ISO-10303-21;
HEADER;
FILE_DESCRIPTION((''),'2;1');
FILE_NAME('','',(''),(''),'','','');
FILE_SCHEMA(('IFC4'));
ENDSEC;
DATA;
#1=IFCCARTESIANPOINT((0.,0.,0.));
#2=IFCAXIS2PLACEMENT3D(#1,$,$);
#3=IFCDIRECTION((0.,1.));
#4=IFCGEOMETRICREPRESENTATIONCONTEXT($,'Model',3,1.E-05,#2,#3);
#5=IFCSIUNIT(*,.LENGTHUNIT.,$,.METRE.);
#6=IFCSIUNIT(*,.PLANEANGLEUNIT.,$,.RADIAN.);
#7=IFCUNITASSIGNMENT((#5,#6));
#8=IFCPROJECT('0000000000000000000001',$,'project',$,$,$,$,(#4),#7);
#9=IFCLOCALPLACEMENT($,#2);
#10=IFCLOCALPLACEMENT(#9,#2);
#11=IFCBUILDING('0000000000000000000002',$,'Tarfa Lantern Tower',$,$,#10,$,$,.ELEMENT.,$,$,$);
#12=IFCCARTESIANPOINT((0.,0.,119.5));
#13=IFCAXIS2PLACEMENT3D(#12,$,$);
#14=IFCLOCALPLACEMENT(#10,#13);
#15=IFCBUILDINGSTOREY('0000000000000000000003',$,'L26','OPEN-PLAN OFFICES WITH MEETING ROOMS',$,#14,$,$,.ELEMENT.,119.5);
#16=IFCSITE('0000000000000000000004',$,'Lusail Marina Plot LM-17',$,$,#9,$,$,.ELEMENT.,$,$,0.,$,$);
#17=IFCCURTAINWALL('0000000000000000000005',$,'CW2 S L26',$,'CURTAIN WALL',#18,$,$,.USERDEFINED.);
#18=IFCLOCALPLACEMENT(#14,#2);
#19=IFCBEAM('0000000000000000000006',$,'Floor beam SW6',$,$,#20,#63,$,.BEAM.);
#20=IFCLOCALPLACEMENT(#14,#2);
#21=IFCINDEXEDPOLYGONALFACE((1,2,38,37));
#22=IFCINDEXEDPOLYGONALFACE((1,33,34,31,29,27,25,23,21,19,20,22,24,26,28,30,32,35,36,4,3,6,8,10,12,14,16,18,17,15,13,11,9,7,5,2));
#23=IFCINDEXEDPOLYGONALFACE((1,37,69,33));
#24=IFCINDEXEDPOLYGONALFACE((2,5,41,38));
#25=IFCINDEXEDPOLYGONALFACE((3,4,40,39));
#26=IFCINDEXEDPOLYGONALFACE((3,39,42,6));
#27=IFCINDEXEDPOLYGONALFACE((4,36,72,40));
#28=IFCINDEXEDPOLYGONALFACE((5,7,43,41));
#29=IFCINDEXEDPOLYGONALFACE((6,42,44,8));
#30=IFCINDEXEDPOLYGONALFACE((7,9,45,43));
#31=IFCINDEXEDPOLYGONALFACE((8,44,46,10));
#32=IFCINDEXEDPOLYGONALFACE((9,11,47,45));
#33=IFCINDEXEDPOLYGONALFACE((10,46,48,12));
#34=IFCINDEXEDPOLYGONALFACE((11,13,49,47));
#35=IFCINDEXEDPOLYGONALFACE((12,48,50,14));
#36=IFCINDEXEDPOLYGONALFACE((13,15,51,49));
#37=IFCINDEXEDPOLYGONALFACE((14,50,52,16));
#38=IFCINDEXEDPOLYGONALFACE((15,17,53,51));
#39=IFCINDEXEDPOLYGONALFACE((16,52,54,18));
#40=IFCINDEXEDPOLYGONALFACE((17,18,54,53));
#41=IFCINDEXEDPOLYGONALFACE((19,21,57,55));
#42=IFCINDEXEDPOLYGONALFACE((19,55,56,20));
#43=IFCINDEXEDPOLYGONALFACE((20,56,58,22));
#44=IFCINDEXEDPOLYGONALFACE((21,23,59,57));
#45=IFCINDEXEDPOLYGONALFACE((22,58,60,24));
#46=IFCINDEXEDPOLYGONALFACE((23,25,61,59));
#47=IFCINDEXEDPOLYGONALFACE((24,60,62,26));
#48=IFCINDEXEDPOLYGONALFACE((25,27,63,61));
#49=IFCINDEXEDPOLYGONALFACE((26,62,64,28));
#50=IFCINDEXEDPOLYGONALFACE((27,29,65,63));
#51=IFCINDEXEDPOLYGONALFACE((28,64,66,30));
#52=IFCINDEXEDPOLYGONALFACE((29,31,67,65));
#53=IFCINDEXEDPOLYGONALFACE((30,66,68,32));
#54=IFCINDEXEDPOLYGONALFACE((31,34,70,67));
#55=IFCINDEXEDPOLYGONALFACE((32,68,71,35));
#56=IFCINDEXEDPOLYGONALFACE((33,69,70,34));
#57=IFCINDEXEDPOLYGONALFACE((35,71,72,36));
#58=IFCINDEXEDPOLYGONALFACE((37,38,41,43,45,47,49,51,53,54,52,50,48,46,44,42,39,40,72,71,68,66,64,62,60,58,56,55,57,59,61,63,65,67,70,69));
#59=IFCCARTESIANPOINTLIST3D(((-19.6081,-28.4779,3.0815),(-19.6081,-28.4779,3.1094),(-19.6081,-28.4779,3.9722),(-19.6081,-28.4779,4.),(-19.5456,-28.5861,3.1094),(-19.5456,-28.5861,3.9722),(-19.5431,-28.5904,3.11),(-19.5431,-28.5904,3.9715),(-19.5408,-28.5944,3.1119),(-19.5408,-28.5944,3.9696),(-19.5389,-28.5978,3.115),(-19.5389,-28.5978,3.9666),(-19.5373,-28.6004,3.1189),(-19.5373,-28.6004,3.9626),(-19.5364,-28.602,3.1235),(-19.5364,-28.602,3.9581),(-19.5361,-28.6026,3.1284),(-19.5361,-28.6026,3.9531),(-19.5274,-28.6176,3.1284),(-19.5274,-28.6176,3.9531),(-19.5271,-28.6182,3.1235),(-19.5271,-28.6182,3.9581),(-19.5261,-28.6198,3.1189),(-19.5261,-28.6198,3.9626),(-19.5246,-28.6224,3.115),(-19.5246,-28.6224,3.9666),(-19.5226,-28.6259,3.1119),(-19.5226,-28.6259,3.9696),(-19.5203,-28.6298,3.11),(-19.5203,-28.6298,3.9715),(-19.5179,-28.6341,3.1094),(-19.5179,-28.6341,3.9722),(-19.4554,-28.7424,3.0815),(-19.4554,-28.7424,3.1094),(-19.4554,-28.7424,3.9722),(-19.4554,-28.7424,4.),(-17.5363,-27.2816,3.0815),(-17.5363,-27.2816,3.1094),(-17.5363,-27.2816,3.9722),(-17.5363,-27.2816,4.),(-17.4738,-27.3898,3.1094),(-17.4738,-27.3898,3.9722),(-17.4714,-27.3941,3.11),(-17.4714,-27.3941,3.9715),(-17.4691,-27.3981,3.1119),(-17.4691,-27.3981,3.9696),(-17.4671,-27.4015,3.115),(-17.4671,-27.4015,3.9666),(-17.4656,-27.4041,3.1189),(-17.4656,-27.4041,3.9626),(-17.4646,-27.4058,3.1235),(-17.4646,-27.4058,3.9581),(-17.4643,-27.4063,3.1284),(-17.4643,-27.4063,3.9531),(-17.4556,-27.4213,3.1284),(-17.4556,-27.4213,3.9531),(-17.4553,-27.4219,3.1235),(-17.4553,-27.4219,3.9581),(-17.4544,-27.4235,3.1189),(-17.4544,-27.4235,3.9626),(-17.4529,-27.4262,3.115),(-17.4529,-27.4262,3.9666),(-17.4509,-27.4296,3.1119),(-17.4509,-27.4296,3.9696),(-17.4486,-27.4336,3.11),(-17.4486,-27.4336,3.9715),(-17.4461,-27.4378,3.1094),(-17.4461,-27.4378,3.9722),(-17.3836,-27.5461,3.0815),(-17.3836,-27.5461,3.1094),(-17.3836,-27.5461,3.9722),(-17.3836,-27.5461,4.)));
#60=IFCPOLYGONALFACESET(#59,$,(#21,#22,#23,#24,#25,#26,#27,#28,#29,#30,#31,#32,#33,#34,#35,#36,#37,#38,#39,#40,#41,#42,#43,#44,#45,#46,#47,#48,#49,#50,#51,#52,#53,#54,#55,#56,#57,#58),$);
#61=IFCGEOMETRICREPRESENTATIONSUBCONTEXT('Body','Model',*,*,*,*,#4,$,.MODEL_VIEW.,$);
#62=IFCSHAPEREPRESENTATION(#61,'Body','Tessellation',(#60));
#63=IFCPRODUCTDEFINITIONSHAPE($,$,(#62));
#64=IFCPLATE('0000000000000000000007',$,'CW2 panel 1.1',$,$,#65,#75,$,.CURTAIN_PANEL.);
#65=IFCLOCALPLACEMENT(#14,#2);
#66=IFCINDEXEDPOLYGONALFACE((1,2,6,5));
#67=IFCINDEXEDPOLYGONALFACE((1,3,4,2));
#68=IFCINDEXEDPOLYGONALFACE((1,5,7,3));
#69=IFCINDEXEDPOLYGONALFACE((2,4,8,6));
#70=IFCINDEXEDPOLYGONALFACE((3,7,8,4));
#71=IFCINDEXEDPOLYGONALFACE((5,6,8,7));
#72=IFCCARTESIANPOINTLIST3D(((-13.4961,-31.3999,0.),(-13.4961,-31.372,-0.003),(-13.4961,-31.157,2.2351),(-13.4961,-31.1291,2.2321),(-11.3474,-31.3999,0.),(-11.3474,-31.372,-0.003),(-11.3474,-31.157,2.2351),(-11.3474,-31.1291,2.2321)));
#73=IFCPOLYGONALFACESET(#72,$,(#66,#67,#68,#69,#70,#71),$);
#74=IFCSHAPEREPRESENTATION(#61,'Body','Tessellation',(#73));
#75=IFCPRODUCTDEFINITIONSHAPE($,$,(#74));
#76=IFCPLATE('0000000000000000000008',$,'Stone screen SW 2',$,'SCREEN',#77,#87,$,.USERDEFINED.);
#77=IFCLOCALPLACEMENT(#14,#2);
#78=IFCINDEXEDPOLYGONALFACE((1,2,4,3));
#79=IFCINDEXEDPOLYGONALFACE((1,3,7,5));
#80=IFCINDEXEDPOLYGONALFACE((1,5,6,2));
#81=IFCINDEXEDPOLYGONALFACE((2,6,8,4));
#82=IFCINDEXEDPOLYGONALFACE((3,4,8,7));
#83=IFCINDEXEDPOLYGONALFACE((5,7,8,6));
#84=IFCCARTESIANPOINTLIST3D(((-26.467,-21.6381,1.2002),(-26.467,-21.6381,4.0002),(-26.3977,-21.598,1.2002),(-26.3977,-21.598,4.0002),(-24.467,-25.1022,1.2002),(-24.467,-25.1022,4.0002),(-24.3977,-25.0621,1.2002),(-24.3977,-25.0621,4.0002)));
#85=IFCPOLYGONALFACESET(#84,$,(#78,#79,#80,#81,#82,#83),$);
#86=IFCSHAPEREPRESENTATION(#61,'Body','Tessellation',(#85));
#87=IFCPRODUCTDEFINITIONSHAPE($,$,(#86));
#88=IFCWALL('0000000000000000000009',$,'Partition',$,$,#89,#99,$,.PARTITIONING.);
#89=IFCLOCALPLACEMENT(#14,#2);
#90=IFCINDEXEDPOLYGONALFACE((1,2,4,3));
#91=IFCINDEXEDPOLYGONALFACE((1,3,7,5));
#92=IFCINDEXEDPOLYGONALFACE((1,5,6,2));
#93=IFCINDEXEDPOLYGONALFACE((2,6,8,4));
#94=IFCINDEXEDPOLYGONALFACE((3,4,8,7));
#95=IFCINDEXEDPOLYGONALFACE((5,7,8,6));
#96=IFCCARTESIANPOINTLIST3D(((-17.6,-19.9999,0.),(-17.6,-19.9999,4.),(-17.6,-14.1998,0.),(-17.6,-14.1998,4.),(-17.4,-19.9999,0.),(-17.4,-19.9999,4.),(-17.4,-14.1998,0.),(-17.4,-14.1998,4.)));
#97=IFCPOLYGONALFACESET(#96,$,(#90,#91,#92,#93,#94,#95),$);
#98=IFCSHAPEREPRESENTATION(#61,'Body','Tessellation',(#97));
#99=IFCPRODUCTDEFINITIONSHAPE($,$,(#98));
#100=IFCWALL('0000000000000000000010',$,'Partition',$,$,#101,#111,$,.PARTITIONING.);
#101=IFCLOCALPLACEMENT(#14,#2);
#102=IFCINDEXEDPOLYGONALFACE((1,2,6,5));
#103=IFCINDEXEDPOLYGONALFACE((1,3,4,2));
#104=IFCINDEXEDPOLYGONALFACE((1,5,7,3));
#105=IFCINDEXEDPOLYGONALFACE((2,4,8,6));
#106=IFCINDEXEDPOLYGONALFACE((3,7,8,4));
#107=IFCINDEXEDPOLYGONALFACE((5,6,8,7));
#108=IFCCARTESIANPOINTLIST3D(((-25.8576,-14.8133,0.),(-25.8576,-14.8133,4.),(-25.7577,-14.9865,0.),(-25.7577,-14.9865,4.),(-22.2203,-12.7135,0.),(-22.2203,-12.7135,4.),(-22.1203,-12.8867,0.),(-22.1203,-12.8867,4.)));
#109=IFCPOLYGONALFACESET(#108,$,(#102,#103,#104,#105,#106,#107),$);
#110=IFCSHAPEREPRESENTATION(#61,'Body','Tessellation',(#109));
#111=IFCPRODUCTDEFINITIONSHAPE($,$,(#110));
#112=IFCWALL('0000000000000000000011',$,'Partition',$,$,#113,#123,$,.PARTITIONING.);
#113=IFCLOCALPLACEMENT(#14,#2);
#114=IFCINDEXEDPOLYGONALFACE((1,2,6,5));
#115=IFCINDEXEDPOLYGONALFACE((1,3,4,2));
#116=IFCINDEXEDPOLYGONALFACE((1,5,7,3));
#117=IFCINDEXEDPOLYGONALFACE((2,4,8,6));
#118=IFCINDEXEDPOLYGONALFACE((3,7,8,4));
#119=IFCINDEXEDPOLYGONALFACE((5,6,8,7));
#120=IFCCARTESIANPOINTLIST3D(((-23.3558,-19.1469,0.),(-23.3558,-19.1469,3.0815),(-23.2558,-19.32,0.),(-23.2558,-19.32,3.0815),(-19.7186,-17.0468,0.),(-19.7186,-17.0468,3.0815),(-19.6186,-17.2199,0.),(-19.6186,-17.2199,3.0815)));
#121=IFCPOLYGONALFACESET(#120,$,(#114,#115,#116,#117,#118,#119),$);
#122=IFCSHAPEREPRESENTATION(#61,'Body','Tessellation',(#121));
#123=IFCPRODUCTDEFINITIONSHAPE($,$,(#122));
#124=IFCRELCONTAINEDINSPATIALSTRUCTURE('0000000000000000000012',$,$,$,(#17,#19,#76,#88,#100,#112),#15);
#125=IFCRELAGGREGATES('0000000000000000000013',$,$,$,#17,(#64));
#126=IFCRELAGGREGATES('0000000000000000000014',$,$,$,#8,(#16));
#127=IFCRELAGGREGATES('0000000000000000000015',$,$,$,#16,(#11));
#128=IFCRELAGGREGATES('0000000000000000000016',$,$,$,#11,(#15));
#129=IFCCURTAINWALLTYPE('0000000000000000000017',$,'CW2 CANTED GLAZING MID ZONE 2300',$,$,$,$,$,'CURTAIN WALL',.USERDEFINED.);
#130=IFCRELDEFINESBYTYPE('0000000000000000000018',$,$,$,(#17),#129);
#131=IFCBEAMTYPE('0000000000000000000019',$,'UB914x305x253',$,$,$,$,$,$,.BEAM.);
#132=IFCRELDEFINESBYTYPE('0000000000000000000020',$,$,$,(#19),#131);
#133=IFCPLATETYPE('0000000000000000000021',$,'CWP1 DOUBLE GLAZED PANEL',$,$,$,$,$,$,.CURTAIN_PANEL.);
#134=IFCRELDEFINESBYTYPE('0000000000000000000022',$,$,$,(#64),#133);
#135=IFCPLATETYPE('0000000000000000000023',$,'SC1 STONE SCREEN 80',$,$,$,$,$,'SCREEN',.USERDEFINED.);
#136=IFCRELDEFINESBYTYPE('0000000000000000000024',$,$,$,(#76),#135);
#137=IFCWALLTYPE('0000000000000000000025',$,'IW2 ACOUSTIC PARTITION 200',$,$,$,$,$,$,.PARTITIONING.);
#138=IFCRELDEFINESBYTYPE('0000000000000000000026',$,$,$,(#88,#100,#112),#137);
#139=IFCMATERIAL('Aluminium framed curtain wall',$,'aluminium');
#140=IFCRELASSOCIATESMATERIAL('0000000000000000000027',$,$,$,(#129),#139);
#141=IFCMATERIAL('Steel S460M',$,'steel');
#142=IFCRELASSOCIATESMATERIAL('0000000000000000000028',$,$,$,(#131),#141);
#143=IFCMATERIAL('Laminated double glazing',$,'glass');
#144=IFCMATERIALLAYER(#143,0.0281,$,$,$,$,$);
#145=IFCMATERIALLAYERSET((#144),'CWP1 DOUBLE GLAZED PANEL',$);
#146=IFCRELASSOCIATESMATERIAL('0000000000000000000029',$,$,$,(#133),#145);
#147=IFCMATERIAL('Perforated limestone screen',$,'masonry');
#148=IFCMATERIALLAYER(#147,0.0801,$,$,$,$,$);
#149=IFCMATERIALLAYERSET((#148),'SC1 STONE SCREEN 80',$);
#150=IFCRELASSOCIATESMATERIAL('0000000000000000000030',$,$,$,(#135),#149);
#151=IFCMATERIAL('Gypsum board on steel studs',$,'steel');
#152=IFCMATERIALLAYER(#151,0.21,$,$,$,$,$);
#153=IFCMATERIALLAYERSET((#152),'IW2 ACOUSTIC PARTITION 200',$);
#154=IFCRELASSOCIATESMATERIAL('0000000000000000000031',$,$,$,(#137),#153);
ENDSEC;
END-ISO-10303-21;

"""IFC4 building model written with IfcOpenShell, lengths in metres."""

from ifc_helpers import new_model, si_unit, direction, frame, frame_2d, origin, origin_2d, place, context, subcontext, project, spatial, polyline, rectangle, i_section, outline, extrude, material, layer, layer_set, material_profile, profile_set, type_object, element, aggregate, save


model = new_model("IFC4")

# Units and contexts
model_context = context("Model", 3, precision=1e-05, world=origin(), true_north=direction((0.0, 1.0)))
body_context = subcontext(model_context, "Body", "Model", "MODEL_VIEW")
ifc_project = project(units=[si_unit("LENGTHUNIT", "METRE"), si_unit("PLANEANGLEUNIT", "RADIAN")], contexts=[model_context])

# Site, building, storey
site_placement = place(None, origin())
site = spatial("IfcSite", under=ifc_project, at=site_placement, Name="Lusail Marina Plot LM-17", CompositionType="ELEMENT", RefElevation=0.0)
building_placement = place(site_placement, origin())
building = spatial("IfcBuilding", under=site, at=building_placement, Name="Tarfa Lantern Tower", CompositionType="ELEMENT")
storey_placement = place(building_placement, frame((0.0, 0.0, 119.5)))
storey = spatial("IfcBuildingStorey", under=building, at=storey_placement, Name="L26", Description="OPEN-PLAN OFFICES WITH MEETING ROOMS", CompositionType="ELEMENT", Elevation=119.5)

# Curtain wall
ifc_material_1 = material(Name="Aluminium framed curtain wall", Category="aluminium")
curtain_wall_type = type_object("IfcCurtainWallType", Name="CW2 CANTED GLAZING MID ZONE 2300", ElementType="CURTAIN WALL", PredefinedType="USERDEFINED", material=ifc_material_1)
curtain_wall_placement = place(storey_placement, origin())
curtain_wall = element("IfcCurtainWall", 1, at=curtain_wall_placement, inside=storey, type_object=curtain_wall_type, Name="CW2 S L26", ObjectType="CURTAIN WALL", PredefinedType="USERDEFINED")

# Beam
ifc_material_2 = material(Name="Steel S460M", Category="steel")
ifc_material_profile_1 = material_profile(ifc_material_2, i_section(OverallWidth=0.3054, OverallDepth=0.9185, WebThickness=0.0173, FlangeThickness=0.0278, FilletRadius=0.019, at=origin_2d()), Name="UB914x305x253")
ifc_profile_set_1 = profile_set([ifc_material_profile_1], Name="Steel S460M")
beam_type_1 = type_object("IfcBeamType", Name="UB914x305x253", PredefinedType="BEAM", material=ifc_profile_set_1)
beam_1_placement = place(storey_placement, frame((-19.5317, -28.6101, 3.5408), z_axis=(0.865999, 0.500046, 0.0), x_axis=(-0.500046, 0.865999, 0.0)))
element("IfcBeam", 2, at=beam_1_placement, inside=storey, type_object=beam_type_1, Name="Floor beam SW6", PredefinedType="BEAM", context=body_context, shape_type="SweptSolid", body=[
    extrude(i_section(OverallWidth=0.3054, OverallDepth=0.9185, WebThickness=0.0173, FlangeThickness=0.0278, FilletRadius=0.019, at=origin_2d()), origin(), (0.0, 0.0, 1.0), 2.3923),
])

# Plates
ifc_material_3 = material(Name="Laminated double glazing", Category="glass")
ifc_layer_1 = layer(ifc_material_3, 0.0281)
ifc_layer_set_1 = layer_set([ifc_layer_1], Name="CWP1 DOUBLE GLAZED PANEL")
plate_type_1 = type_object("IfcPlateType", Name="CWP1 DOUBLE GLAZED PANEL", PredefinedType="CURTAIN_PANEL", material=ifc_layer_set_1)
plate_1_placement = place(storey_placement, frame((-13.4961, -31.3999, 0.0), z_axis=(0.0, -0.994146, 0.108048), x_axis=(1.0, 0.0, 0.0)))
plate_1 = element("IfcPlate", 3, at=plate_1_placement, type_object=plate_type_1, Name="CW2 panel 1.1", PredefinedType="CURTAIN_PANEL", context=body_context, shape_type="SweptSolid", body=[
    extrude(outline(polyline([(0.0, 0.0), (2.1487, 0.0), (2.1487, 2.2483), (0.0, 2.2483), (0.0, 0.0)])), origin(), (0.0, 0.0, -1.0), 0.0281),
])
aggregate(curtain_wall, [plate_1])
ifc_material_4 = material(Name="Perforated limestone screen", Category="masonry")
ifc_layer_2 = layer(ifc_material_4, 0.0801)
ifc_layer_set_2 = layer_set([ifc_layer_2], Name="SC1 STONE SCREEN 80")
plate_type_2 = type_object("IfcPlateType", Name="SC1 STONE SCREEN 80", ElementType="SCREEN", PredefinedType="USERDEFINED", material=ifc_layer_set_2)
plate_2_placement = place(storey_placement, frame((-25.4324, -23.3501, 1.2002), z_axis=(0.0, 0.0, 1.0), x_axis=(0.5, -0.866025, 0.0)))
element("IfcPlate", 4, at=plate_2_placement, inside=storey, type_object=plate_type_2, Name="Stone screen SW 2", ObjectType="SCREEN", PredefinedType="USERDEFINED", context=body_context, shape_type="SweptSolid", body=[
    extrude(rectangle(XDim=4.0, YDim=0.0801, at=origin_2d()), origin(), (0.0, 0.0, 1.0), 2.8),
])

# Walls
ifc_material_5 = material(Name="Gypsum board on steel studs", Category="steel")
ifc_layer_3 = layer(ifc_material_5, 0.21)
ifc_layer_set_3 = layer_set([ifc_layer_3], Name="IW2 ACOUSTIC PARTITION 200")
wall_type = type_object("IfcWallType", Name="IW2 ACOUSTIC PARTITION 200", PredefinedType="PARTITIONING", material=ifc_layer_set_3)
wall_1_placement = place(storey_placement, frame((-17.5, -14.2, 0.0), z_axis=(0.0, 0.0, 1.0), x_axis=(0.0, -1.0, 0.0)))
element("IfcWall", 5, at=wall_1_placement, inside=storey, type_object=wall_type, Name="Partition", PredefinedType="PARTITIONING", context=body_context, shape_type="SweptSolid", body=[
    extrude(rectangle(XDim=5.8, YDim=0.2, at=frame_2d((2.8999, 0.0))), origin(), (0.0, 0.0, 1.0), 4.0),
])
wall_2_placement = place(storey_placement, frame((-22.1702, -12.8, 0.0), z_axis=(0.0, 0.0, 1.0), x_axis=(-0.866049, -0.499959, 0.0)))
element("IfcWall", 6, at=wall_2_placement, inside=storey, type_object=wall_type, Name="Partition", PredefinedType="PARTITIONING", context=body_context, shape_type="SweptSolid", body=[
    extrude(rectangle(XDim=4.2, YDim=0.2, at=frame_2d((2.1001, 0.0))), origin(), (0.0, 0.0, 1.0), 4.0),
])
wall_3_placement = place(storey_placement, frame((-19.6685, -17.1333, 0.0), z_axis=(0.0, 0.0, 1.0), x_axis=(-0.866009, -0.500028, 0.0)))
element("IfcWall", 7, at=wall_3_placement, inside=storey, type_object=wall_type, Name="Partition", PredefinedType="PARTITIONING", context=body_context, shape_type="SweptSolid", body=[
    extrude(rectangle(XDim=4.2, YDim=0.2, at=frame_2d((2.1001, 0.0))), origin(), (0.0, 0.0, 1.0), 3.0815),
])

save(model, "model.ifc")
